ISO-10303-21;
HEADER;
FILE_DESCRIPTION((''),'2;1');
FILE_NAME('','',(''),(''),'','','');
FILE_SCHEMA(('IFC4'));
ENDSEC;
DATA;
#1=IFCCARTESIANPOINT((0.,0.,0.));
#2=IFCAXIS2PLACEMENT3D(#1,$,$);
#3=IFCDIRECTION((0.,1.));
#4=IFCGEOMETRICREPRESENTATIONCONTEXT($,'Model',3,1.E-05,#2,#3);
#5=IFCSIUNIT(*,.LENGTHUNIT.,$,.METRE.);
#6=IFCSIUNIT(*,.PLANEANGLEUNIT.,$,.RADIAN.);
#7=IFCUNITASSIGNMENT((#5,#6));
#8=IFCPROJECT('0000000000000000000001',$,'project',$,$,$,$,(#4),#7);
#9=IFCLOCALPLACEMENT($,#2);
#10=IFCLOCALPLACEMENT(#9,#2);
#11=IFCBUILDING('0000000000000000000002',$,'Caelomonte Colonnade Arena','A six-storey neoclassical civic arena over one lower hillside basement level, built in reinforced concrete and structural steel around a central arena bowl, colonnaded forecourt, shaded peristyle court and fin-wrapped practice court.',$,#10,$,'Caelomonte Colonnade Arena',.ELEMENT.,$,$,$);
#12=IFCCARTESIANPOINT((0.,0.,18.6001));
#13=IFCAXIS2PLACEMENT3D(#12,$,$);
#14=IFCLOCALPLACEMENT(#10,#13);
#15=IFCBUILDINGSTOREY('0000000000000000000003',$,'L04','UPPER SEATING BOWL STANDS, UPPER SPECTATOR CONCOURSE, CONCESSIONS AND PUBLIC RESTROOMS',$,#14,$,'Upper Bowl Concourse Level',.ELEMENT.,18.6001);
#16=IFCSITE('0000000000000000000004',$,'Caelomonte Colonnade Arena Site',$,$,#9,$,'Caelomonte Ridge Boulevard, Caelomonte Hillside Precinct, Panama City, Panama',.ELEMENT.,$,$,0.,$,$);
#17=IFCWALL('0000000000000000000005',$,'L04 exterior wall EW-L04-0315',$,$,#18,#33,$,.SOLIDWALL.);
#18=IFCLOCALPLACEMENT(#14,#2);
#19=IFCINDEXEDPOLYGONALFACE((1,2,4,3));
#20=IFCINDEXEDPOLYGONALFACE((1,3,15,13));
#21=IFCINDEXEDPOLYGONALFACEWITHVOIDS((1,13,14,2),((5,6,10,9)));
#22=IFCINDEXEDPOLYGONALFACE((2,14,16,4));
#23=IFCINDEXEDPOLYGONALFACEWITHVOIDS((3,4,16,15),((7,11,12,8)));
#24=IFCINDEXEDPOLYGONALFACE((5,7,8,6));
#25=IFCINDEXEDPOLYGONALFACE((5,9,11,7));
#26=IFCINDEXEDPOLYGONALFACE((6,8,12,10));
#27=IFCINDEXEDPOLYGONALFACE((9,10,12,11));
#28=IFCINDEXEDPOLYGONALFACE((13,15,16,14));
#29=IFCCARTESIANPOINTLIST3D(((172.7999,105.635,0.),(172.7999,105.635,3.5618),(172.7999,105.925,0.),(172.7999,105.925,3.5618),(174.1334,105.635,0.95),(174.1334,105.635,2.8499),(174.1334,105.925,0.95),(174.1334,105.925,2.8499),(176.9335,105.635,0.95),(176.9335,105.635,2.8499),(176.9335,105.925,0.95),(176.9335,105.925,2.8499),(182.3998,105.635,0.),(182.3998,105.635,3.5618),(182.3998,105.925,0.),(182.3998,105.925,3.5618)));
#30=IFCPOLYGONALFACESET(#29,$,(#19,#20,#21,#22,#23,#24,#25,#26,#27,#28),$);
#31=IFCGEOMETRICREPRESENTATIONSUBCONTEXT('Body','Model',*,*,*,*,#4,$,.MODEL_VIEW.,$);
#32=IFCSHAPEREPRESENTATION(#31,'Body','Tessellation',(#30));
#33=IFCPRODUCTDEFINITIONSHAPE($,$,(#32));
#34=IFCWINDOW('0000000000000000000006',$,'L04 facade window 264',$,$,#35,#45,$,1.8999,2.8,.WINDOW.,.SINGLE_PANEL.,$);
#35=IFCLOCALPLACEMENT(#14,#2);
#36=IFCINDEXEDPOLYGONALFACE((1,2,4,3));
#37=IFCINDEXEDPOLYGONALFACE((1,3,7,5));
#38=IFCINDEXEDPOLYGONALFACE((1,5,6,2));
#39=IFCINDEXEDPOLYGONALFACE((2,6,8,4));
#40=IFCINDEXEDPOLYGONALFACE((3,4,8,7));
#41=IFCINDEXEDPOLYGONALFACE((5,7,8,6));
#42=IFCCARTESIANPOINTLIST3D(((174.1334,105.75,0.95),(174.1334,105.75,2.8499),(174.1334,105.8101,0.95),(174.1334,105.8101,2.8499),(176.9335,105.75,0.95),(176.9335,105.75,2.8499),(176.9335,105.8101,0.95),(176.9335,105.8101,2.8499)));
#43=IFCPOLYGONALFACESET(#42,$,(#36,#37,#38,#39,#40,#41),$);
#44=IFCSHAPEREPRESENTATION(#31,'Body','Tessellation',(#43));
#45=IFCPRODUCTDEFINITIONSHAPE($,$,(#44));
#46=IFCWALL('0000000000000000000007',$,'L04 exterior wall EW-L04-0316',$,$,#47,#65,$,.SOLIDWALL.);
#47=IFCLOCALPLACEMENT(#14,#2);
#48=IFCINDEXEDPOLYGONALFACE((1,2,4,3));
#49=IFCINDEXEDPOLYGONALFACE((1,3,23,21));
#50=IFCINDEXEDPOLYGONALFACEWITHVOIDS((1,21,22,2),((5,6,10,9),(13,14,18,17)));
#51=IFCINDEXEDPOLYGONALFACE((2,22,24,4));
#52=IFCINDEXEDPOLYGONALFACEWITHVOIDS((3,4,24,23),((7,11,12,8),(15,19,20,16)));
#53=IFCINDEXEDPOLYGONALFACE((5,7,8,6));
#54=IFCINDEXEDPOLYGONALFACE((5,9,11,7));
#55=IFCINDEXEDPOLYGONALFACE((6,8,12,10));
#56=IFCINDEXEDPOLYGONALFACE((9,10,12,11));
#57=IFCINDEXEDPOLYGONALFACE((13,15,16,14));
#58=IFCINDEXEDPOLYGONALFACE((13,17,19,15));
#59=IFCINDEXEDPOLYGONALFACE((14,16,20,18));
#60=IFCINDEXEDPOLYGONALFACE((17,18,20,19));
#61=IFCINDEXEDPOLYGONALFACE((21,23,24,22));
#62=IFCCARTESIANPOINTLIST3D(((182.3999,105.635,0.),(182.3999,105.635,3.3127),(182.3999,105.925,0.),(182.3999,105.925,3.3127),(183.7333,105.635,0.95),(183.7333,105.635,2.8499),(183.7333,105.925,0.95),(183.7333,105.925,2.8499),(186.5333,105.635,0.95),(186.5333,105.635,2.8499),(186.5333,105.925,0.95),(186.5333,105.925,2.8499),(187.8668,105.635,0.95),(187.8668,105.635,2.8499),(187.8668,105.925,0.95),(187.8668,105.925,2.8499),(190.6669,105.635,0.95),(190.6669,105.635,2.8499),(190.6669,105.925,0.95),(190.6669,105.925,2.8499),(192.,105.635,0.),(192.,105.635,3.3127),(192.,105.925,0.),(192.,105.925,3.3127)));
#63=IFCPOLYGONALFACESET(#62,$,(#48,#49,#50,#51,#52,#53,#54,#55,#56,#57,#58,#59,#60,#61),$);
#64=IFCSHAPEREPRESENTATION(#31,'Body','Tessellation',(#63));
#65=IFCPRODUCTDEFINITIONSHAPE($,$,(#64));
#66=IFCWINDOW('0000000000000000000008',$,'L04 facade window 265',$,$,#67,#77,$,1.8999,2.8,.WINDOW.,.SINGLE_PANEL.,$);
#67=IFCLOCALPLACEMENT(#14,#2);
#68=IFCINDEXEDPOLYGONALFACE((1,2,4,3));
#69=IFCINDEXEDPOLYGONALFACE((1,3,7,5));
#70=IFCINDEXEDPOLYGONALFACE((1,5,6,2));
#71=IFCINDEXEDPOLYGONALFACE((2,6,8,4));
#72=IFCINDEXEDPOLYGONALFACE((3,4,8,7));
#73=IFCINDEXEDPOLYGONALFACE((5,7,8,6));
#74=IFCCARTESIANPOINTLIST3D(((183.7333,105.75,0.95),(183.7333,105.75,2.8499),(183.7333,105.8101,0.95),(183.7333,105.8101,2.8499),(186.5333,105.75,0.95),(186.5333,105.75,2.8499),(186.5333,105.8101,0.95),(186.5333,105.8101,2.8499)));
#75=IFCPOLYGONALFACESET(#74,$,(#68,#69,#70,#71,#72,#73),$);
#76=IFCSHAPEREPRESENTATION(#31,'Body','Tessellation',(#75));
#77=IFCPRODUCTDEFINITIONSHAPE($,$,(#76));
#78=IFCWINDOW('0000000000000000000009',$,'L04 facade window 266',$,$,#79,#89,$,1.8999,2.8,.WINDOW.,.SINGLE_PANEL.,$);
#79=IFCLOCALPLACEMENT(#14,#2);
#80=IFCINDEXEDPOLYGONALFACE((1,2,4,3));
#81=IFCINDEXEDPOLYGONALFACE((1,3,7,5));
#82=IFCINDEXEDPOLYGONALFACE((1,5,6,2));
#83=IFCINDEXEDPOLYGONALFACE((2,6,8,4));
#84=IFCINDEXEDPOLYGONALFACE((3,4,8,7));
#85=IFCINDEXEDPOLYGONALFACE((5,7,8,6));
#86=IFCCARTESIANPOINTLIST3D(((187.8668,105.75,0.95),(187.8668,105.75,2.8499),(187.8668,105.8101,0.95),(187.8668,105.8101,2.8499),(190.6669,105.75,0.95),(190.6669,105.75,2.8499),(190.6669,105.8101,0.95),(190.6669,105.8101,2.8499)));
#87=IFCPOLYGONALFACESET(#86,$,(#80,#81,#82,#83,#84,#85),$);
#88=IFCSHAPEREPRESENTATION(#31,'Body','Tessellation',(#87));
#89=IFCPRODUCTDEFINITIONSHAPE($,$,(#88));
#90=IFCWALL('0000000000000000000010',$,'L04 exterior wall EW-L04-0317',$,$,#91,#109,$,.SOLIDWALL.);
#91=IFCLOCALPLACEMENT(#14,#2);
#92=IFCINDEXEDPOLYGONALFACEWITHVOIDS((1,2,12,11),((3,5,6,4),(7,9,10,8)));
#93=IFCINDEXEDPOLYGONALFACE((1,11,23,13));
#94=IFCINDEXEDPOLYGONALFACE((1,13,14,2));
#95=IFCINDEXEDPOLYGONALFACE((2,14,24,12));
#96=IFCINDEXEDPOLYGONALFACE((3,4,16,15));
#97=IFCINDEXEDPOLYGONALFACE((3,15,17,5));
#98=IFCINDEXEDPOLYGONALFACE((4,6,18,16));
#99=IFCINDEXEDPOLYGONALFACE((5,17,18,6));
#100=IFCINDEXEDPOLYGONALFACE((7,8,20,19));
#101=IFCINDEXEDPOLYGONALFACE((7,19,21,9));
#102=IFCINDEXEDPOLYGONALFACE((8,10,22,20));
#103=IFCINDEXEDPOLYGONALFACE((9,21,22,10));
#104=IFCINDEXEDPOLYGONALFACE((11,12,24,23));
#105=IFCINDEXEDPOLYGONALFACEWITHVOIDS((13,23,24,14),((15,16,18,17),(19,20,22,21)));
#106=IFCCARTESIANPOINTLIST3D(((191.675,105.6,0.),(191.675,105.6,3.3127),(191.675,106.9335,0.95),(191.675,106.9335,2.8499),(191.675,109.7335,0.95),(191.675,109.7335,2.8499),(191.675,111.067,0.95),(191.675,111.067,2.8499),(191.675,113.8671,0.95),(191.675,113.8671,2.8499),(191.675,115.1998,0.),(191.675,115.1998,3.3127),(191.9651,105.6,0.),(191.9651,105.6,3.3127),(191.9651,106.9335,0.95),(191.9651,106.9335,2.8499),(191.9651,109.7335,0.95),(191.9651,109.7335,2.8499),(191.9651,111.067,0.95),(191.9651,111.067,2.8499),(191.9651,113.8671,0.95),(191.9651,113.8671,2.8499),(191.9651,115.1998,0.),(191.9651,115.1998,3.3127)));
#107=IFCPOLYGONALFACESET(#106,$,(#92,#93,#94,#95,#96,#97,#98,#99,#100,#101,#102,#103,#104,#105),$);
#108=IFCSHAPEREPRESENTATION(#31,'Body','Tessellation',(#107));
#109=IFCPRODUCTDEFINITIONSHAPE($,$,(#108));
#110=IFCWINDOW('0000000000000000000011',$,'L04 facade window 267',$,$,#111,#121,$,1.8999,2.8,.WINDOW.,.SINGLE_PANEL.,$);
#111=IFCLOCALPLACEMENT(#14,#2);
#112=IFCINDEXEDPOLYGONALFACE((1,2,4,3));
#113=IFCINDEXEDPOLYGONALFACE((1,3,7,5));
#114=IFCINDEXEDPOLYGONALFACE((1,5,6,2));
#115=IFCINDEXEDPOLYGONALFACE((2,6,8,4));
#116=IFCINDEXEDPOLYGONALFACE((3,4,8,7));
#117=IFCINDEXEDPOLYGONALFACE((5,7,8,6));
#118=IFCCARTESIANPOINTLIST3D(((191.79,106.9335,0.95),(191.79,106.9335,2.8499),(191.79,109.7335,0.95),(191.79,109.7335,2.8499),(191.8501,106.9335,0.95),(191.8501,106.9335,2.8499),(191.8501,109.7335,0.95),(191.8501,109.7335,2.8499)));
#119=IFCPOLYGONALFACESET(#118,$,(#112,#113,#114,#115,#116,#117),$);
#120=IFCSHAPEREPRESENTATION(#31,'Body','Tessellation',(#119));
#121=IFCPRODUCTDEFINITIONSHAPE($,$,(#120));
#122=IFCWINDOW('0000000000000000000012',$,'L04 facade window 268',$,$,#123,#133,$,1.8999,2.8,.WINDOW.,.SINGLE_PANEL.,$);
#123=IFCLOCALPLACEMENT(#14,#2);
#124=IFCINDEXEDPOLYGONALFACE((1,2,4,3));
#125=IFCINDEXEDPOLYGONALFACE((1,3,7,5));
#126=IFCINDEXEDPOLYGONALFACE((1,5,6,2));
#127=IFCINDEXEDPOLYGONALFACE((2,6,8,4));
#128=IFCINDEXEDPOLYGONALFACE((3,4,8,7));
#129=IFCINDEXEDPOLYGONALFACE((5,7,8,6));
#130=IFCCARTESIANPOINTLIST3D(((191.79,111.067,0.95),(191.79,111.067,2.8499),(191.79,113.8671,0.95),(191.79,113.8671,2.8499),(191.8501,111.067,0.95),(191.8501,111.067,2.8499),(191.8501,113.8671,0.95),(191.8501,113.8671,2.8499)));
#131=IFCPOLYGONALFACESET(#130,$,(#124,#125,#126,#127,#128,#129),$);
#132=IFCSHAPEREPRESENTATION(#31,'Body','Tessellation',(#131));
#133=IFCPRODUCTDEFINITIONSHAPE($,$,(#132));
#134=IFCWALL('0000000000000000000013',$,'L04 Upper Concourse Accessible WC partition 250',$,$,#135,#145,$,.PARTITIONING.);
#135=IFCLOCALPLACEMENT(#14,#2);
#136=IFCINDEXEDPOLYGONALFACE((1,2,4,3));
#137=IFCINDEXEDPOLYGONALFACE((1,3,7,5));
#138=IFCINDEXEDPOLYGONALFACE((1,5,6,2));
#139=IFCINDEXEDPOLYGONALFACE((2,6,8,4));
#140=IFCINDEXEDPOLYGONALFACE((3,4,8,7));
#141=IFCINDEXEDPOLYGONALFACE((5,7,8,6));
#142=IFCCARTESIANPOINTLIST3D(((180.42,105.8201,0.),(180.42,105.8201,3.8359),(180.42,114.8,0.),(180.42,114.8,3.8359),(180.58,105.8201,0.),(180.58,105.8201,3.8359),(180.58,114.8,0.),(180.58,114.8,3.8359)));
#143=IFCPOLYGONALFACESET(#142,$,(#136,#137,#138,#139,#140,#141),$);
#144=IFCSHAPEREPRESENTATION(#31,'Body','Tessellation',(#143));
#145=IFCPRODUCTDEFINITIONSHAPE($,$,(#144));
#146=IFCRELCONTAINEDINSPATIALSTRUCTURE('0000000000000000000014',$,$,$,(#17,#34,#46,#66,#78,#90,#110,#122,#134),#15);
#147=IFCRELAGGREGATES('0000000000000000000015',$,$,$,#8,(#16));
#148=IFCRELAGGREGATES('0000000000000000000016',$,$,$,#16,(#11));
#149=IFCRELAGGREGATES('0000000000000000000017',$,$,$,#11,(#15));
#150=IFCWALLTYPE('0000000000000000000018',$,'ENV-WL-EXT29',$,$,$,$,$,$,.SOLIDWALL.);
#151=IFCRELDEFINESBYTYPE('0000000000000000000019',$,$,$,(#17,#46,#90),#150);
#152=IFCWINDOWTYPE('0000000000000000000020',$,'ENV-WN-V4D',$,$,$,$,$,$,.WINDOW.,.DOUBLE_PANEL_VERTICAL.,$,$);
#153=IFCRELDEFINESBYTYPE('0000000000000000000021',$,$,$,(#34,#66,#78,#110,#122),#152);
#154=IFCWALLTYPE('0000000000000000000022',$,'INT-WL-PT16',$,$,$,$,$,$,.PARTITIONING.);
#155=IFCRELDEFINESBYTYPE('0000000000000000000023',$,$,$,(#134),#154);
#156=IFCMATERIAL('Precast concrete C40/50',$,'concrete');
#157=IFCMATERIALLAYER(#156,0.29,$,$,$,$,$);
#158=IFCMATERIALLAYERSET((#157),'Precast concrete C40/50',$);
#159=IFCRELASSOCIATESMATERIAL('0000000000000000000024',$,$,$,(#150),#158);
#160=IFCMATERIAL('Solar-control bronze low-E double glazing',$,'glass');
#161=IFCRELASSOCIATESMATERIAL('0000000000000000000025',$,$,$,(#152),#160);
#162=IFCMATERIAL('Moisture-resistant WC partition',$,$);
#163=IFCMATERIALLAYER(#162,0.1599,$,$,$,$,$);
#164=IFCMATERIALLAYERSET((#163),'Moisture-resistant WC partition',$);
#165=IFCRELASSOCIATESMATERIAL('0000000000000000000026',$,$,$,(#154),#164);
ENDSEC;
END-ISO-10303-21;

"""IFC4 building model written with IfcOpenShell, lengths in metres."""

from ifc_helpers import new_model, si_unit, direction, frame, frame_2d, origin, place, context, subcontext, project, spatial, rectangle, extrude, material, layer, layer_set, type_object, element, fill, save


model = new_model("IFC4")

# Units and contexts
model_context = context("Model", 3, precision=1e-05, world=origin(), true_north=direction((0.0, 1.0)))
body_context = subcontext(model_context, "Body", "Model", "MODEL_VIEW")
ifc_project = project(units=[si_unit("LENGTHUNIT", "METRE"), si_unit("PLANEANGLEUNIT", "RADIAN")], contexts=[model_context])

# Site, building, storey
site_placement = place(None, origin())
site = spatial("IfcSite", under=ifc_project, at=site_placement, Name="Caelomonte Colonnade Arena Site", LongName="Caelomonte Ridge Boulevard, Caelomonte Hillside Precinct, Panama City, Panama", CompositionType="ELEMENT", RefElevation=0.0)
building_placement = place(site_placement, origin())
building = spatial("IfcBuilding", under=site, at=building_placement, Name="Caelomonte Colonnade Arena", Description="A six-storey neoclassical civic arena over one lower hillside basement level, built in reinforced concrete and structural steel around a central arena bowl, colonnaded forecourt, shaded peristyle court and fin-wrapped practice court.", LongName="Caelomonte Colonnade Arena", CompositionType="ELEMENT")
storey_placement = place(building_placement, frame((0.0, 0.0, 18.6001)))
storey = spatial("IfcBuildingStorey", under=building, at=storey_placement, Name="L04", Description="UPPER SEATING BOWL STANDS, UPPER SPECTATOR CONCOURSE, CONCESSIONS AND PUBLIC RESTROOMS", LongName="Upper Bowl Concourse Level", CompositionType="ELEMENT", Elevation=18.6001)

# Wall, opening, window
ifc_material_1 = material(Name="Precast concrete C40/50", Category="concrete")
ifc_layer_1 = layer(ifc_material_1, 0.29)
ifc_layer_set_1 = layer_set([ifc_layer_1], Name="Precast concrete C40/50")
wall_type_1 = type_object("IfcWallType", Name="ENV-WL-EXT29", PredefinedType="SOLIDWALL", material=ifc_layer_set_1)
wall_1_placement = place(storey_placement, frame((172.8, 105.78, 0.0), z_axis=(0.0, 0.0, 1.0), x_axis=(1.0, 0.0, 0.0)))
wall_1 = element("IfcWall", 1, at=wall_1_placement, inside=storey, type_object=wall_type_1, Name="L04 exterior wall EW-L04-0315", PredefinedType="SOLIDWALL", context=body_context, shape_type="SweptSolid", body=[
    extrude(rectangle(XDim=9.5999, YDim=0.29, at=frame_2d((4.7998, 0.0))), origin(), (0.0, 0.0, 1.0), 3.5618),
])
opening_1_placement = place(wall_1_placement, frame((4.1333, 0.0, 0.95), z_axis=(0.0, 0.0, 1.0), x_axis=(-1.0, 0.0, 0.0)))
opening_1 = element("IfcOpeningElement", 2, at=opening_1_placement, cuts=wall_1, PredefinedType="OPENING", context=body_context, shape_type="SweptSolid", body=[
    extrude(rectangle(XDim=2.8, YDim=1.8999, at=frame_2d((1.3999, 0.95))), frame((0.0, 0.155, 0.0), z_axis=(0.0, -1.0, 0.0), x_axis=(1.0, 0.0, 0.0)), (0.0, 0.0, 1.0), 0.3101),
])
ifc_material_2 = material(Name="Solar-control bronze low-E double glazing", Category="glass")
window_type = type_object("IfcWindowType", Name="ENV-WN-V4D", PartitioningType="DOUBLE_PANEL_VERTICAL", PredefinedType="WINDOW", material=ifc_material_2)
window_1_placement = place(opening_1_placement, origin())
window_1 = element("IfcWindow", 3, at=window_1_placement, inside=storey, type_object=window_type, Name="L04 facade window 264", OverallHeight=1.8999, OverallWidth=2.8, PartitioningType="SINGLE_PANEL", PredefinedType="WINDOW", context=body_context, shape_type="SweptSolid", body=[
    extrude(rectangle(XDim=2.8, YDim=1.8999, at=frame_2d((1.3999, 0.95))), frame((0.0, 0.03, 0.0), z_axis=(0.0, -1.0, 0.0), x_axis=(1.0, 0.0, 0.0)), (0.0, 0.0, 1.0), 0.0601),
])
fill(opening_1, window_1)

# Walls, openings, windows
wall_2_placement = place(storey_placement, frame((182.3999, 105.78, 0.0), z_axis=(0.0, 0.0, 1.0), x_axis=(1.0, 0.0, 0.0)))
wall_2 = element("IfcWall", 4, at=wall_2_placement, inside=storey, type_object=wall_type_1, Name="L04 exterior wall EW-L04-0316", PredefinedType="SOLIDWALL", context=body_context, shape_type="SweptSolid", body=[
    extrude(rectangle(XDim=9.6001, YDim=0.29, at=frame_2d((4.8, 0.0))), origin(), (0.0, 0.0, 1.0), 3.3127),
])
opening_2_placement = place(wall_2_placement, frame((4.1333, 0.0, 0.95), z_axis=(0.0, 0.0, 1.0), x_axis=(-1.0, 0.0, 0.0)))
opening_2 = element("IfcOpeningElement", 5, at=opening_2_placement, cuts=wall_2, PredefinedType="OPENING", context=body_context, shape_type="SweptSolid", body=[
    extrude(rectangle(XDim=2.8, YDim=1.8999, at=frame_2d((1.3999, 0.95))), frame((0.0, 0.155, 0.0), z_axis=(0.0, -1.0, 0.0), x_axis=(1.0, 0.0, 0.0)), (0.0, 0.0, 1.0), 0.3101),
])
opening_3_placement = place(wall_2_placement, frame((8.2668, 0.0, 0.95), z_axis=(0.0, 0.0, 1.0), x_axis=(-1.0, 0.0, 0.0)))
opening_3 = element("IfcOpeningElement", 6, at=opening_3_placement, cuts=wall_2, PredefinedType="OPENING", context=body_context, shape_type="SweptSolid", body=[
    extrude(rectangle(XDim=2.8, YDim=1.8999, at=frame_2d((1.3999, 0.95))), frame((0.0, 0.155, 0.0), z_axis=(0.0, -1.0, 0.0), x_axis=(1.0, 0.0, 0.0)), (0.0, 0.0, 1.0), 0.3101),
])
window_2_placement = place(opening_2_placement, origin())
window_2 = element("IfcWindow", 7, at=window_2_placement, inside=storey, type_object=window_type, Name="L04 facade window 265", OverallHeight=1.8999, OverallWidth=2.8, PartitioningType="SINGLE_PANEL", PredefinedType="WINDOW", context=body_context, shape_type="SweptSolid", body=[
    extrude(rectangle(XDim=2.8, YDim=1.8999, at=frame_2d((1.3999, 0.95))), frame((0.0, 0.03, 0.0), z_axis=(0.0, -1.0, 0.0), x_axis=(1.0, 0.0, 0.0)), (0.0, 0.0, 1.0), 0.0601),
])
fill(opening_2, window_2)
window_3_placement = place(opening_3_placement, origin())
window_3 = element("IfcWindow", 8, at=window_3_placement, inside=storey, type_object=window_type, Name="L04 facade window 266", OverallHeight=1.8999, OverallWidth=2.8, PartitioningType="SINGLE_PANEL", PredefinedType="WINDOW", context=body_context, shape_type="SweptSolid", body=[
    extrude(rectangle(XDim=2.8, YDim=1.8999, at=frame_2d((1.3999, 0.95))), frame((0.0, 0.03, 0.0), z_axis=(0.0, -1.0, 0.0), x_axis=(1.0, 0.0, 0.0)), (0.0, 0.0, 1.0), 0.0601),
])
fill(opening_3, window_3)
wall_3_placement = place(storey_placement, frame((191.8201, 105.6001, 0.0), z_axis=(0.0, 0.0, 1.0), x_axis=(0.0, 1.0, 0.0)))
wall_3 = element("IfcWall", 9, at=wall_3_placement, inside=storey, type_object=wall_type_1, Name="L04 exterior wall EW-L04-0317", PredefinedType="SOLIDWALL", context=body_context, shape_type="SweptSolid", body=[
    extrude(rectangle(XDim=9.5999, YDim=0.29, at=frame_2d((4.7998, 0.0))), origin(), (0.0, 0.0, 1.0), 3.3127),
])
opening_4_placement = place(wall_3_placement, frame((4.1333, 0.0, 0.95), z_axis=(0.0, 0.0, 1.0), x_axis=(-1.0, 0.0, 0.0)))
opening_4 = element("IfcOpeningElement", 10, at=opening_4_placement, cuts=wall_3, PredefinedType="OPENING", context=body_context, shape_type="SweptSolid", body=[
    extrude(rectangle(XDim=2.8, YDim=1.8999, at=frame_2d((1.3999, 0.95))), frame((0.0, 0.155, 0.0), z_axis=(0.0, -1.0, 0.0), x_axis=(1.0, 0.0, 0.0)), (0.0, 0.0, 1.0), 0.3101),
])
opening_5_placement = place(wall_3_placement, frame((8.2668, 0.0, 0.95), z_axis=(0.0, 0.0, 1.0), x_axis=(-1.0, 0.0, 0.0)))
opening_5 = element("IfcOpeningElement", 11, at=opening_5_placement, cuts=wall_3, PredefinedType="OPENING", context=body_context, shape_type="SweptSolid", body=[
    extrude(rectangle(XDim=2.8, YDim=1.8999, at=frame_2d((1.3999, 0.95))), frame((0.0, 0.155, 0.0), z_axis=(0.0, -1.0, 0.0), x_axis=(1.0, 0.0, 0.0)), (0.0, 0.0, 1.0), 0.3101),
])
window_4_placement = place(opening_4_placement, origin())
window_4 = element("IfcWindow", 12, at=window_4_placement, inside=storey, type_object=window_type, Name="L04 facade window 267", OverallHeight=1.8999, OverallWidth=2.8, PartitioningType="SINGLE_PANEL", PredefinedType="WINDOW", context=body_context, shape_type="SweptSolid", body=[
    extrude(rectangle(XDim=2.8, YDim=1.8999, at=frame_2d((1.3999, 0.95))), frame((0.0, 0.03, 0.0), z_axis=(0.0, -1.0, 0.0), x_axis=(1.0, 0.0, 0.0)), (0.0, 0.0, 1.0), 0.0601),
])
fill(opening_4, window_4)
window_5_placement = place(opening_5_placement, origin())
window_5 = element("IfcWindow", 13, at=window_5_placement, inside=storey, type_object=window_type, Name="L04 facade window 268", OverallHeight=1.8999, OverallWidth=2.8, PartitioningType="SINGLE_PANEL", PredefinedType="WINDOW", context=body_context, shape_type="SweptSolid", body=[
    extrude(rectangle(XDim=2.8, YDim=1.8999, at=frame_2d((1.3999, 0.95))), frame((0.0, 0.03, 0.0), z_axis=(0.0, -1.0, 0.0), x_axis=(1.0, 0.0, 0.0)), (0.0, 0.0, 1.0), 0.0601),
])
fill(opening_5, window_5)

# Wall
ifc_material_3 = material(Name="Moisture-resistant WC partition")
ifc_layer_2 = layer(ifc_material_3, 0.1599)
ifc_layer_set_2 = layer_set([ifc_layer_2], Name="Moisture-resistant WC partition")
wall_type_2 = type_object("IfcWallType", Name="INT-WL-PT16", PredefinedType="PARTITIONING", material=ifc_layer_set_2)
wall_4_placement = place(storey_placement, frame((180.5, 114.8, 0.0), z_axis=(0.0, 0.0, 1.0), x_axis=(0.0, -1.0, 0.0)))
element("IfcWall", 14, at=wall_4_placement, inside=storey, type_object=wall_type_2, Name="L04 Upper Concourse Accessible WC partition 250", PredefinedType="PARTITIONING", context=body_context, shape_type="SweptSolid", body=[
    extrude(rectangle(XDim=8.98, YDim=0.1599, at=frame_2d((4.49, 0.0))), origin(), (0.0, 0.0, 1.0), 3.8359),
])

save(model, "model.ifc")
